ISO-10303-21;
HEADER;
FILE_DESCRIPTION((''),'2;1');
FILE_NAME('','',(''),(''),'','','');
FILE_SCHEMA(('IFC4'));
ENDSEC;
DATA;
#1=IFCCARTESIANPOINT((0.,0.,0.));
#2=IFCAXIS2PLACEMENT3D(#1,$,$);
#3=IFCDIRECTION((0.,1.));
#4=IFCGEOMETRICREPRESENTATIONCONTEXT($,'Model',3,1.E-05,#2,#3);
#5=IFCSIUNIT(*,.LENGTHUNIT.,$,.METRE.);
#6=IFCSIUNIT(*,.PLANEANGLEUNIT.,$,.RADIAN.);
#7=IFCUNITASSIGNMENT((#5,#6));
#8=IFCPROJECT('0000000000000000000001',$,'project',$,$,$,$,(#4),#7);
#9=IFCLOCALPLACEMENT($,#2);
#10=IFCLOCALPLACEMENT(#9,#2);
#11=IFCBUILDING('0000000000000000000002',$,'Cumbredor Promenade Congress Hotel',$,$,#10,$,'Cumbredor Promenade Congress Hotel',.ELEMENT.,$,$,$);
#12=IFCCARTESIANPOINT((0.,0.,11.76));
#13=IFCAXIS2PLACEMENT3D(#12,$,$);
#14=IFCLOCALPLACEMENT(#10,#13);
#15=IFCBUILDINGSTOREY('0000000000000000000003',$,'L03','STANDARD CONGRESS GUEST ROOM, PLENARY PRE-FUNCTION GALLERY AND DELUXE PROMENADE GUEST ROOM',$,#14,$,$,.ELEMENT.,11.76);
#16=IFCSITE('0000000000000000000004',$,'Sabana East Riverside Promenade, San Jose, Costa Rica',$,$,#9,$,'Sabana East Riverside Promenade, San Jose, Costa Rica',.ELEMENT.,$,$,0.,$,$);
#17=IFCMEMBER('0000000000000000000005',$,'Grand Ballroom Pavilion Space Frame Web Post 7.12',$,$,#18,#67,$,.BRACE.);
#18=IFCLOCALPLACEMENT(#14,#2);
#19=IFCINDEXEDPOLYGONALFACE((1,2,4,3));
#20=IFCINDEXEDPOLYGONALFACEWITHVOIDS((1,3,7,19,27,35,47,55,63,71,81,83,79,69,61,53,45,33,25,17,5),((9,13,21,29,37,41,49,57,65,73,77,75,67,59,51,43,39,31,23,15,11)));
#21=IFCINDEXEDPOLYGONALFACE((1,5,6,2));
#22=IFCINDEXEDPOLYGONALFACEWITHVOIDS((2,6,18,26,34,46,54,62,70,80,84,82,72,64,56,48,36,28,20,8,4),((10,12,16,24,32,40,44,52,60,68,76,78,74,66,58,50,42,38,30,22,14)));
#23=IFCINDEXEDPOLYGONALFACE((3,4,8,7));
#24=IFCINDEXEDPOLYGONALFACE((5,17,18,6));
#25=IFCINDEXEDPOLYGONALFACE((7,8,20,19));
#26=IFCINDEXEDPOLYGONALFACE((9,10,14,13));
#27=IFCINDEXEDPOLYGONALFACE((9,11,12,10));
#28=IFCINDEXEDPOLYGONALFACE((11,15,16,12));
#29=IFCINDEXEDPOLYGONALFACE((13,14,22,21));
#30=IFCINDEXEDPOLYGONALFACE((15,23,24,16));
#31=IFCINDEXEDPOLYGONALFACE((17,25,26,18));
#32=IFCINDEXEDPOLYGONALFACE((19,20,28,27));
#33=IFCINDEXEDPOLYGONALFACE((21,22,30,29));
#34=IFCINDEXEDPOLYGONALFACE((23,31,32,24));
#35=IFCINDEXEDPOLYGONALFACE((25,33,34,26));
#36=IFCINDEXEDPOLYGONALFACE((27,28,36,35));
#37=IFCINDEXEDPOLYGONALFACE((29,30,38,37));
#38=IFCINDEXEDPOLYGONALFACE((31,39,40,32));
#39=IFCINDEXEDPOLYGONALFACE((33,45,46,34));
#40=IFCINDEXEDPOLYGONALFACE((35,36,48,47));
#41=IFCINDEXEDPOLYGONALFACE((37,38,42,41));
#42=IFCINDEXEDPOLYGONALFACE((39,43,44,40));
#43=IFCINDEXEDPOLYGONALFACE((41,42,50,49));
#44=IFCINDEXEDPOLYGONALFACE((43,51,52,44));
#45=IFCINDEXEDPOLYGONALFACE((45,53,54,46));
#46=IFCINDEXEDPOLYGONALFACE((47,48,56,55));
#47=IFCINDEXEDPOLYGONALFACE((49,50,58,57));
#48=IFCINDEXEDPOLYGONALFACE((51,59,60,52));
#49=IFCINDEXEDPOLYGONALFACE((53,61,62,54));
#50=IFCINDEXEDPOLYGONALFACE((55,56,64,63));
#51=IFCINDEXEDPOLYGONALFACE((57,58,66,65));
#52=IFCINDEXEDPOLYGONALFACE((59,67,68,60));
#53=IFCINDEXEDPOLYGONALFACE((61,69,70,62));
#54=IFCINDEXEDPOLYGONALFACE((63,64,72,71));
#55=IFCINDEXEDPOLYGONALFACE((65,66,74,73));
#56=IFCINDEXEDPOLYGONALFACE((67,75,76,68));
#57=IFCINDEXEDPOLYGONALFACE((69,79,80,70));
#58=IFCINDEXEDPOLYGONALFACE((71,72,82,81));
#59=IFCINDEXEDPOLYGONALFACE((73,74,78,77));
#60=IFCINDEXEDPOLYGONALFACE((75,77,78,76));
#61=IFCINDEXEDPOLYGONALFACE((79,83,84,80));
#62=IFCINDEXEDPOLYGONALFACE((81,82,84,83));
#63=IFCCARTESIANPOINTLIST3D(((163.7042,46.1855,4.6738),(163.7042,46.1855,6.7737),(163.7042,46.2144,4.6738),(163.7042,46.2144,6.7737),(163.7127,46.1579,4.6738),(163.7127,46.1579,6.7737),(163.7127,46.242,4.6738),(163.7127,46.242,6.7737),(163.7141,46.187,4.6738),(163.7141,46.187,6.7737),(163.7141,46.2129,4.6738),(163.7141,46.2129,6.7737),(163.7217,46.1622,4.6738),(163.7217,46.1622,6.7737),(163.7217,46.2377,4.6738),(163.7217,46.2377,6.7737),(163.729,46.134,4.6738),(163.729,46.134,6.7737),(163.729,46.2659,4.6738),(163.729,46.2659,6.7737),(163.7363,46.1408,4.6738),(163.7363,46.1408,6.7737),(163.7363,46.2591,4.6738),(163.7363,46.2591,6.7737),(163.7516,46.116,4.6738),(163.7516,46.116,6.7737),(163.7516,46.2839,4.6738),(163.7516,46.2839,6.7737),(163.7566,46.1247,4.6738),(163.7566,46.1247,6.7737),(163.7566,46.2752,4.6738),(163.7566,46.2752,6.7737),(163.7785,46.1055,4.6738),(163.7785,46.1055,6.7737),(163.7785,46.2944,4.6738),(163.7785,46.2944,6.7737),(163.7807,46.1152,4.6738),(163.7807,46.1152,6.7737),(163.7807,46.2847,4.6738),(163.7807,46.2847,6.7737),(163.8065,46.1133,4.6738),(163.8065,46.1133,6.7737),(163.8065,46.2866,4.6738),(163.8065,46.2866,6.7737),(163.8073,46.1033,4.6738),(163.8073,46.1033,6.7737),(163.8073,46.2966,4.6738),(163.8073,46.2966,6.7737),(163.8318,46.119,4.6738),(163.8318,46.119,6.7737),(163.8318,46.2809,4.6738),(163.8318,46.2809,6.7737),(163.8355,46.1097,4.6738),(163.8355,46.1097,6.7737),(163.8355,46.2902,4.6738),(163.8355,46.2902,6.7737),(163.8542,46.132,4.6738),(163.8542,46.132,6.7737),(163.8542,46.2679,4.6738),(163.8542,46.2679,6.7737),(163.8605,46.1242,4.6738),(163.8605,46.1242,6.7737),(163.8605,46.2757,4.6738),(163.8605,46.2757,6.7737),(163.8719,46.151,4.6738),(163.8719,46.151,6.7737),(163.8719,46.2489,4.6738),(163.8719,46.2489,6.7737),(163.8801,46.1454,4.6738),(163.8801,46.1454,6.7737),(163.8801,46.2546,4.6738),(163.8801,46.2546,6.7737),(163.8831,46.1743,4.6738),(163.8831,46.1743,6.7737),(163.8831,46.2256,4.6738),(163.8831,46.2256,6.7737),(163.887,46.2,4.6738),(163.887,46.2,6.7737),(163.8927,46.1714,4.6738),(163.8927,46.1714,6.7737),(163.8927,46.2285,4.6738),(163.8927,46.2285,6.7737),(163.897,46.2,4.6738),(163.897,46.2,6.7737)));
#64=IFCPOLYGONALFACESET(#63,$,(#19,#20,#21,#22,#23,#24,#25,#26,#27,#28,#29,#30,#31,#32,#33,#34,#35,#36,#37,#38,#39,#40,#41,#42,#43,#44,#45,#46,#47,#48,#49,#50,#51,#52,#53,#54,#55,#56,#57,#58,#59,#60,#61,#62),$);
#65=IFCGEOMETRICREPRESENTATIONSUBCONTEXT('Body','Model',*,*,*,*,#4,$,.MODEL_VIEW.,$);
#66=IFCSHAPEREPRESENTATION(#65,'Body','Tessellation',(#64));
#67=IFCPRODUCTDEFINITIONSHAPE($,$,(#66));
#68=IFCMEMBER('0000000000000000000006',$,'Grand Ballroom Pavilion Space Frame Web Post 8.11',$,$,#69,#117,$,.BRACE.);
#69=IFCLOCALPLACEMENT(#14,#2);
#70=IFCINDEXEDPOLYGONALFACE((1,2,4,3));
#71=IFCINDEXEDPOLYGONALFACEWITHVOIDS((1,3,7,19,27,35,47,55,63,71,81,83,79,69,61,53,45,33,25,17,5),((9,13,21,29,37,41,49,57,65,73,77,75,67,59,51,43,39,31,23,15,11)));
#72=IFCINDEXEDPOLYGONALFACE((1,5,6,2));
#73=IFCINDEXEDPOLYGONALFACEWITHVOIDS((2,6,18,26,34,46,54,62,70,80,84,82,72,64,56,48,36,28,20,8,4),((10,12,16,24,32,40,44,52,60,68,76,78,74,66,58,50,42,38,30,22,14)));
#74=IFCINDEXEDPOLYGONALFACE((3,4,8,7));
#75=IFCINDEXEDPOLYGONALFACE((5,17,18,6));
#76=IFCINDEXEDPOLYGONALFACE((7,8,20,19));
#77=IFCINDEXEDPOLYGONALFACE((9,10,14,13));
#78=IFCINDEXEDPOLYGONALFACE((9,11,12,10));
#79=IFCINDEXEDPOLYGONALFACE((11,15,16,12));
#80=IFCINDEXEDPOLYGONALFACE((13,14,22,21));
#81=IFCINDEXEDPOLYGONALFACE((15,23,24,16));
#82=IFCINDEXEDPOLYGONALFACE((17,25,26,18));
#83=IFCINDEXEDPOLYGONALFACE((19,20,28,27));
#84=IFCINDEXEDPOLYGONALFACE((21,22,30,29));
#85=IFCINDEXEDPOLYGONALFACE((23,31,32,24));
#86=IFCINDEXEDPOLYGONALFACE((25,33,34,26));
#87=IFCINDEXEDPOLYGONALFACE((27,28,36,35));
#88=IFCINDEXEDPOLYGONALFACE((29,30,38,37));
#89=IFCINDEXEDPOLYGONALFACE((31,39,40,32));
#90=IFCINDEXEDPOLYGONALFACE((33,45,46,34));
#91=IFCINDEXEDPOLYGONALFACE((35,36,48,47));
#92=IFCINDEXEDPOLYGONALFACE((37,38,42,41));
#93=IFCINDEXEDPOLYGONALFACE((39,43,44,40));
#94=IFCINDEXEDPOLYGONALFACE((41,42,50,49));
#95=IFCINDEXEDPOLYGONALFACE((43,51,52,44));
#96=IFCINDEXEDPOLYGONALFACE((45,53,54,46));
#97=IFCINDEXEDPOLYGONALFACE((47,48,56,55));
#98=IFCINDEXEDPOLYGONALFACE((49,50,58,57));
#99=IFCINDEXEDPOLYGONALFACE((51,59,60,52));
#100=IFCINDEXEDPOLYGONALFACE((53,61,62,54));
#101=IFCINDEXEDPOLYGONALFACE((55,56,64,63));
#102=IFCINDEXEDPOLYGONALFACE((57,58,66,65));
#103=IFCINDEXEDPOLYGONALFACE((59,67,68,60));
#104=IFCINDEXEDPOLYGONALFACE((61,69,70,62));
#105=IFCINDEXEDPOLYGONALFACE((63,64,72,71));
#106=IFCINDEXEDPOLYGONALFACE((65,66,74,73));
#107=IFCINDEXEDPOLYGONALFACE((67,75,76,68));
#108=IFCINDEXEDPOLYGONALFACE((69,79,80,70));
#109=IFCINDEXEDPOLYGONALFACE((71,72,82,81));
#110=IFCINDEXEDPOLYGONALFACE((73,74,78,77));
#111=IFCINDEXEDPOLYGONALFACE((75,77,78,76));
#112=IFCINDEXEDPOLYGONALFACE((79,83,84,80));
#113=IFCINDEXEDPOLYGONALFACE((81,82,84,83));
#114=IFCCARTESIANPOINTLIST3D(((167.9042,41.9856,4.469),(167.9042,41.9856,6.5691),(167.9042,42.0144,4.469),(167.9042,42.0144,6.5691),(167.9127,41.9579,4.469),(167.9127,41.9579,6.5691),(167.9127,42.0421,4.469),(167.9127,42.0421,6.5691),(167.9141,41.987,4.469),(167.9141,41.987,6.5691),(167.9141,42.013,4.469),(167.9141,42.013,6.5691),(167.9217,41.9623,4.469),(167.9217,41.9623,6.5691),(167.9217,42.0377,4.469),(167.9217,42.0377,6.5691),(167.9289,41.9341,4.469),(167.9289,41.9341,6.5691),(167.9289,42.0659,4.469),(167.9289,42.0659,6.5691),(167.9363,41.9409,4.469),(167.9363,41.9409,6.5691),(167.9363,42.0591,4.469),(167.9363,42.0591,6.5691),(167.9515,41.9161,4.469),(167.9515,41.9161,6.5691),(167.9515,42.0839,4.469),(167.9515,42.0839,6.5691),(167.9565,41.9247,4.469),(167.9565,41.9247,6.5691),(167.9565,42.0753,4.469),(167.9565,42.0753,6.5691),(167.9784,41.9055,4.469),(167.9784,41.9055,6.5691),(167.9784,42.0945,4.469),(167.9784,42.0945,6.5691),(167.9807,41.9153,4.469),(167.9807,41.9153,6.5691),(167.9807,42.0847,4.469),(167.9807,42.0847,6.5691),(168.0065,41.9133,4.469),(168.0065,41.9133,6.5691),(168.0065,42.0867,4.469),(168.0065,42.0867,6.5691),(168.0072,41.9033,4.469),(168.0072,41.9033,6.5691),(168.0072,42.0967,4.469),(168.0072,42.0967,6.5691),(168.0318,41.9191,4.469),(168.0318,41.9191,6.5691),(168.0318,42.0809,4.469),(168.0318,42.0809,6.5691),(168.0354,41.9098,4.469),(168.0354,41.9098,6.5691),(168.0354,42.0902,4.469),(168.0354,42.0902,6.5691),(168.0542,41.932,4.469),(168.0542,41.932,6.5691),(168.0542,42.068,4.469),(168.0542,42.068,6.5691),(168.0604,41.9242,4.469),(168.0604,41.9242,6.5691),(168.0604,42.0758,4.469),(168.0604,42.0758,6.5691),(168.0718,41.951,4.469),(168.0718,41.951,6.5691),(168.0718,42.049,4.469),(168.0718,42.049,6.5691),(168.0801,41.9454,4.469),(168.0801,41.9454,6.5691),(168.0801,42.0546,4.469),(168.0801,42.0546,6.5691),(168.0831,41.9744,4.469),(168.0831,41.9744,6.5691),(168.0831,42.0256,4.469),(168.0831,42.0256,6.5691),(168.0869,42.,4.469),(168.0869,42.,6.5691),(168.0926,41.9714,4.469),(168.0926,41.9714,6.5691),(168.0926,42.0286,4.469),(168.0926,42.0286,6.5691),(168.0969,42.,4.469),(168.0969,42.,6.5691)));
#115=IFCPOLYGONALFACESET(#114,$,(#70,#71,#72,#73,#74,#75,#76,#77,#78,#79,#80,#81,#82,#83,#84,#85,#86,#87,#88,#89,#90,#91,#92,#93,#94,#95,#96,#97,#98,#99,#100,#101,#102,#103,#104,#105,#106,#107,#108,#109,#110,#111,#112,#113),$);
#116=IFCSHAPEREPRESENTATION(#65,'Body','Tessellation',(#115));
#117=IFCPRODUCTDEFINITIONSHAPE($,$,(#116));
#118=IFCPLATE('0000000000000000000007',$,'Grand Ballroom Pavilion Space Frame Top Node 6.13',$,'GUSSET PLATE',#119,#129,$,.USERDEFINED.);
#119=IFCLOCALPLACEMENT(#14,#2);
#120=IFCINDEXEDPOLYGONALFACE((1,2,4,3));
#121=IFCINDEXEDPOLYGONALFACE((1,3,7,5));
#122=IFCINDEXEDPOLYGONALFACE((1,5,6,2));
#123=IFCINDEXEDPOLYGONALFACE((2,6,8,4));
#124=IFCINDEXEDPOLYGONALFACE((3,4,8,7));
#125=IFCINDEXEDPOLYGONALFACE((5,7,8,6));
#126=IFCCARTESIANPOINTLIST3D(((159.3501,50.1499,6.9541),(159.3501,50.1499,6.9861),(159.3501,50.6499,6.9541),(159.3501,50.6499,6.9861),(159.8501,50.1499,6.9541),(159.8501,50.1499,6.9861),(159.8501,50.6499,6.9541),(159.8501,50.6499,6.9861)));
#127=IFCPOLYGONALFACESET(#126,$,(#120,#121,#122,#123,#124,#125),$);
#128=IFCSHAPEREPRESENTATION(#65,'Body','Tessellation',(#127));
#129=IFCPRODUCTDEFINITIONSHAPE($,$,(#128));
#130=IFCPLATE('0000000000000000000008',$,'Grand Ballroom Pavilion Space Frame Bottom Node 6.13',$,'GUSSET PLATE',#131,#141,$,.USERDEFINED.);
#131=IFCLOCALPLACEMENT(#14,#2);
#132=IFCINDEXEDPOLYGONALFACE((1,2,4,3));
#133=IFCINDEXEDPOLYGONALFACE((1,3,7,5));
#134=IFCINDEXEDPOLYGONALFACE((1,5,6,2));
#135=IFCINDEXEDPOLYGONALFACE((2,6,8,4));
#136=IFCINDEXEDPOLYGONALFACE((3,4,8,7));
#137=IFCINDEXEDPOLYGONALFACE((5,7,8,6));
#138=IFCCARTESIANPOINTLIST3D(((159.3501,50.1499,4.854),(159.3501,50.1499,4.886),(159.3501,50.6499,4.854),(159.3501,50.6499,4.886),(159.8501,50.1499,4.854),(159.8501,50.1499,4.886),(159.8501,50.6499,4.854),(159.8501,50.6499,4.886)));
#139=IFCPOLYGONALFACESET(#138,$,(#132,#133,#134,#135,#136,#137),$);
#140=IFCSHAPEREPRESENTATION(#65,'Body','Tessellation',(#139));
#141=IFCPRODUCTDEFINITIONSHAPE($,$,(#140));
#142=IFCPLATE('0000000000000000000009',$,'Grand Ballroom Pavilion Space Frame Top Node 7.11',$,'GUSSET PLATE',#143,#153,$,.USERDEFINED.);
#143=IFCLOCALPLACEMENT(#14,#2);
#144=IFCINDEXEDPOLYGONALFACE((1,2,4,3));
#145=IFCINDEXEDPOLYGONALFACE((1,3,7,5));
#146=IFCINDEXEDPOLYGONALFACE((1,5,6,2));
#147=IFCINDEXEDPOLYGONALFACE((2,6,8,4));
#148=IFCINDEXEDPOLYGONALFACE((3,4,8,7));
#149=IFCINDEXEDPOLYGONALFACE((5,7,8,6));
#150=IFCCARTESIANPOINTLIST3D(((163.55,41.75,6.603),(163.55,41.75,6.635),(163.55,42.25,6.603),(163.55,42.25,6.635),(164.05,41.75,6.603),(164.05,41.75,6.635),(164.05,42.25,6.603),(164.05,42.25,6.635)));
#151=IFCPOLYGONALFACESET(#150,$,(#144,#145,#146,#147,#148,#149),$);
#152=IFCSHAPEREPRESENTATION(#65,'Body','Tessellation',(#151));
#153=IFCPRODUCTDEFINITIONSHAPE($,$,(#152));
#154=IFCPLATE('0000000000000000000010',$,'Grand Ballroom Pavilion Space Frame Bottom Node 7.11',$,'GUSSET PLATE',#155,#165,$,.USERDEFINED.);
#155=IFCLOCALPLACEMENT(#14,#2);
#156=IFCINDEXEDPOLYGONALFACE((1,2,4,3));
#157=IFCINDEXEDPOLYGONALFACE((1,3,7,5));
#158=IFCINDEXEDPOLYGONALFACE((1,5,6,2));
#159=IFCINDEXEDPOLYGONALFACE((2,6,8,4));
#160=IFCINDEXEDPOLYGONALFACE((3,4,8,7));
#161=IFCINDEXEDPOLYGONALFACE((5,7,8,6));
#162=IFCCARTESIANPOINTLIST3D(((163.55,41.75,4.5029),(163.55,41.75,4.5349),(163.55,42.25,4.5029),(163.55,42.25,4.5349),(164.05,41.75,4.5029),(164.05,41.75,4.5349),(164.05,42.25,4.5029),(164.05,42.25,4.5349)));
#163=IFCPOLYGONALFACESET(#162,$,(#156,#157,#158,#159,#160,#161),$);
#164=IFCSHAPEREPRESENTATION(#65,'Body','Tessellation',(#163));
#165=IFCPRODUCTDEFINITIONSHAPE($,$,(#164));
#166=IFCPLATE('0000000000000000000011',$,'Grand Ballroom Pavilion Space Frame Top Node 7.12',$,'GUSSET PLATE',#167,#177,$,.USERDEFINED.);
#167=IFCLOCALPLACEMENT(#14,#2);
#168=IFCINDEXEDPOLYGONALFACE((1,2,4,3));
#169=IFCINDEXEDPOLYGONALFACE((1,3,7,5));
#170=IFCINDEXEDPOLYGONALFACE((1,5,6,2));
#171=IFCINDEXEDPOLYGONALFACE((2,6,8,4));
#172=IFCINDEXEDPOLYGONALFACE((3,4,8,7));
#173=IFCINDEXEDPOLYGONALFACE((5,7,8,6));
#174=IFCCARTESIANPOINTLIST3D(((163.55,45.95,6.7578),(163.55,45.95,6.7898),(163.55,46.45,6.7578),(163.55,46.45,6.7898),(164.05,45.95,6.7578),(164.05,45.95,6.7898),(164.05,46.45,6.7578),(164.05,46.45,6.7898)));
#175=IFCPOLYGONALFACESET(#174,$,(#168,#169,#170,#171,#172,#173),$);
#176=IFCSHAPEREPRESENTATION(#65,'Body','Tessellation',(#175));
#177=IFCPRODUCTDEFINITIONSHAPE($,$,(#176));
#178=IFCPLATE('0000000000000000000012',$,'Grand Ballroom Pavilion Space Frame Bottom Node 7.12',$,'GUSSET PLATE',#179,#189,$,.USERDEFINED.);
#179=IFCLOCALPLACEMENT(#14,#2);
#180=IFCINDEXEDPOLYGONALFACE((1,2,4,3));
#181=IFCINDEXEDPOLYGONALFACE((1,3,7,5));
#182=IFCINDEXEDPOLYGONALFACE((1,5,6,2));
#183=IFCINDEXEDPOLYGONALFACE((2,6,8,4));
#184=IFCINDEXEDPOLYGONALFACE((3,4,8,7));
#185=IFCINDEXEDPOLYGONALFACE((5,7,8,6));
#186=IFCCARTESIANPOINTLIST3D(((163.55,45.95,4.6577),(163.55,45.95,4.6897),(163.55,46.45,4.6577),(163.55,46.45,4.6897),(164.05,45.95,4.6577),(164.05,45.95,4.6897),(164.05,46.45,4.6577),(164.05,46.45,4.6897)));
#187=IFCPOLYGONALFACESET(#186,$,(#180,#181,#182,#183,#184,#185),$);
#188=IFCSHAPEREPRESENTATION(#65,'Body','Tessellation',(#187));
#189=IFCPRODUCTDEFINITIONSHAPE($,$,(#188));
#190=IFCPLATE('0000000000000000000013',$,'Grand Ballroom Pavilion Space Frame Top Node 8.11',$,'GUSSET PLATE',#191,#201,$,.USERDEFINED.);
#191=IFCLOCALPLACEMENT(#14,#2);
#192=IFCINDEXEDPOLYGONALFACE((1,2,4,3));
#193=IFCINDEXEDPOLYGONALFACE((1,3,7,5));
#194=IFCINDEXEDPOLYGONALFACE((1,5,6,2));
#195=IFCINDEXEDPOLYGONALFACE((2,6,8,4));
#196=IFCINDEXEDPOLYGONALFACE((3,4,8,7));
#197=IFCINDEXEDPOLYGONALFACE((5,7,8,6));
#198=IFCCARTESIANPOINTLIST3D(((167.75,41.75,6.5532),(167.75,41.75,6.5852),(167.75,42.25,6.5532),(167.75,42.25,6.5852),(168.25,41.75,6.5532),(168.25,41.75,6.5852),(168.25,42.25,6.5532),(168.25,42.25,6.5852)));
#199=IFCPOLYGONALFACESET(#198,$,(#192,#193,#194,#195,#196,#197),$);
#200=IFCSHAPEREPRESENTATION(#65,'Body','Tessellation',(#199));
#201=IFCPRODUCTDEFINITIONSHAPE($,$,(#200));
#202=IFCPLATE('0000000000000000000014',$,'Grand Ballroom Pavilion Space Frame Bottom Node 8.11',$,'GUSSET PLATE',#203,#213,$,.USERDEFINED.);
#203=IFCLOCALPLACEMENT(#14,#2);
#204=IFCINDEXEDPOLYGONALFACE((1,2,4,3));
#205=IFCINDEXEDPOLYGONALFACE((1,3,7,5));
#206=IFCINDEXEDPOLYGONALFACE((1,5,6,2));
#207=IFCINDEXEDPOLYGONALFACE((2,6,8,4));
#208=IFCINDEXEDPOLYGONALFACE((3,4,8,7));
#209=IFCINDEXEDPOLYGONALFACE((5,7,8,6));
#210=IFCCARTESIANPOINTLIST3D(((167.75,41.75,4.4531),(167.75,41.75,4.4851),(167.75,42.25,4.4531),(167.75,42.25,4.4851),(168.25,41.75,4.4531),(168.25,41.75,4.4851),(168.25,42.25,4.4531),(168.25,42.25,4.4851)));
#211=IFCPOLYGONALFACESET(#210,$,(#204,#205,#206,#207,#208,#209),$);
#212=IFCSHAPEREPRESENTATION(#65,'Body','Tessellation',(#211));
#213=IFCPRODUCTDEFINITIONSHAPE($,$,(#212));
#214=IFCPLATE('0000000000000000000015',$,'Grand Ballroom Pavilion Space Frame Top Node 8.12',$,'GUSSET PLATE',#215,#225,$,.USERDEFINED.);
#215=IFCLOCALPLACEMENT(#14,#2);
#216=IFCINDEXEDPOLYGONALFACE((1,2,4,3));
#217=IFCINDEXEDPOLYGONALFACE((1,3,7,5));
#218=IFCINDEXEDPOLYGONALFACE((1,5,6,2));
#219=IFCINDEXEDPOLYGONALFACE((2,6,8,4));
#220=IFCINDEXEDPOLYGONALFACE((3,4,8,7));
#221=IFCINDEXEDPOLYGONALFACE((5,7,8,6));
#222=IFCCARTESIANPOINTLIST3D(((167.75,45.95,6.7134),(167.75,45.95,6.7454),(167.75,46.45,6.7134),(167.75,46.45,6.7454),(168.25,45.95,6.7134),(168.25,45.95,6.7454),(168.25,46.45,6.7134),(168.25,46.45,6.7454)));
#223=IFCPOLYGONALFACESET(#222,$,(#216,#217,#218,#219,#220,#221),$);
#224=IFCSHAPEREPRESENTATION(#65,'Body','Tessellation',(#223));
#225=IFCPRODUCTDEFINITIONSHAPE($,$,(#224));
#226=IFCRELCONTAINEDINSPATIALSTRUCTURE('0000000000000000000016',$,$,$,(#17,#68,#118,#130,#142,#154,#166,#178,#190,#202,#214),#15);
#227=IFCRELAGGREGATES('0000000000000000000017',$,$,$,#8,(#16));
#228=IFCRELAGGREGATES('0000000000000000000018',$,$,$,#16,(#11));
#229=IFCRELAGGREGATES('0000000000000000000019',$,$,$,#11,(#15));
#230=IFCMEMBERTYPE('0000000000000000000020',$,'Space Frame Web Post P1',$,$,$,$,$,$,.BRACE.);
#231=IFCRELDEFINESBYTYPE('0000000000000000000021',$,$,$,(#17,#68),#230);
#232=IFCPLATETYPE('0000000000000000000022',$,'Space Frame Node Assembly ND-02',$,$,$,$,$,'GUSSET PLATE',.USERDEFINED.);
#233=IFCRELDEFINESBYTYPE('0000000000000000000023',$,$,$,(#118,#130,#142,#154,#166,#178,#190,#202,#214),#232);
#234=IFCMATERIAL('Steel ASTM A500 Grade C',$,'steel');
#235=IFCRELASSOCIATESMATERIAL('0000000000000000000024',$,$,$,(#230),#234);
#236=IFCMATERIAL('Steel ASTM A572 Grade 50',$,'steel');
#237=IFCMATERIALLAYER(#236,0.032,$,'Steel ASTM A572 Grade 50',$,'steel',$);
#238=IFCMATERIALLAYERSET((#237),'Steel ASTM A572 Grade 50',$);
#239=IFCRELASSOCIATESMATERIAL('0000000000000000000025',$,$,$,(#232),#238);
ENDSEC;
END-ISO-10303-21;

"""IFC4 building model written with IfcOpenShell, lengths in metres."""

from ifc_helpers import new_model, si_unit, direction, frame, origin, origin_2d, place, context, subcontext, project, spatial, rectangle, hollow_circle, extrude, material, layer, layer_set, material_profile, profile_set, type_object, element, save


model = new_model("IFC4")

# Units and contexts
model_context = context("Model", 3, precision=1e-05, world=origin(), true_north=direction((0.0, 1.0)))
body_context = subcontext(model_context, "Body", "Model", "MODEL_VIEW")
ifc_project = project(units=[si_unit("LENGTHUNIT", "METRE"), si_unit("PLANEANGLEUNIT", "RADIAN")], contexts=[model_context])

# Site, building, storey
site_placement = place(None, origin())
site = spatial("IfcSite", under=ifc_project, at=site_placement, Name="Sabana East Riverside Promenade, San Jose, Costa Rica", LongName="Sabana East Riverside Promenade, San Jose, Costa Rica", CompositionType="ELEMENT", RefElevation=0.0)
building_placement = place(site_placement, origin())
building = spatial("IfcBuilding", under=site, at=building_placement, Name="Cumbredor Promenade Congress Hotel", LongName="Cumbredor Promenade Congress Hotel", CompositionType="ELEMENT")
storey_placement = place(building_placement, frame((0.0, 0.0, 11.76)))
storey = spatial("IfcBuildingStorey", under=building, at=storey_placement, Name="L03", Description="STANDARD CONGRESS GUEST ROOM, PLENARY PRE-FUNCTION GALLERY AND DELUXE PROMENADE GUEST ROOM", CompositionType="ELEMENT", Elevation=11.76)

# Members
ifc_material_1 = material(Name="Steel ASTM A500 Grade C", Category="steel")
ifc_material_profile_1 = material_profile(ifc_material_1, hollow_circle(Radius=0.0969, WallThickness=0.01, at=origin_2d()), Name="CHS 193.7x10")
ifc_profile_set_1 = profile_set([ifc_material_profile_1], Name="Steel ASTM A500 Grade C")
member_type_1 = type_object("IfcMemberType", Name="Space Frame Web Post P1", PredefinedType="BRACE", material=ifc_profile_set_1)
for number, where, z_axis, x_axis, name in (
    (1, (163.8, 46.2, 4.6738), (0.0, 0.0, 1.0), (1.0, 0.0, 0.0), "Grand Ballroom Pavilion Space Frame Web Post 7.12"),
):
    element("IfcMember", number, at=place(storey_placement, frame(where, z_axis=z_axis, x_axis=x_axis)), inside=storey, type_object=member_type_1, Name=name, PredefinedType="BRACE", context=body_context, shape_type="SweptSolid", body=[
        extrude(hollow_circle(Radius=0.0969, WallThickness=0.01, at=origin_2d()), origin(), (0.0, 0.0, 1.0), 2.0999),
    ])
member_1_placement = place(storey_placement, frame((168.0, 42.0, 4.469), z_axis=(0.0, 0.0, 1.0), x_axis=(1.0, 0.0, 0.0)))
element("IfcMember", 2, at=member_1_placement, inside=storey, type_object=member_type_1, Name="Grand Ballroom Pavilion Space Frame Web Post 8.11", PredefinedType="BRACE", context=body_context, shape_type="SweptSolid", body=[
    extrude(hollow_circle(Radius=0.0969, WallThickness=0.01, at=origin_2d()), origin(), (0.0, 0.0, 1.0), 2.1001),
])

# Plates
ifc_material_2 = material(Name="Steel ASTM A572 Grade 50", Category="steel")
ifc_layer = layer(ifc_material_2, 0.032, Name="Steel ASTM A572 Grade 50", Category="steel")
ifc_layer_set = layer_set([ifc_layer], Name="Steel ASTM A572 Grade 50")
plate_type = type_object("IfcPlateType", Name="Space Frame Node Assembly ND-02", ElementType="GUSSET PLATE", PredefinedType="USERDEFINED", material=ifc_layer_set)
for number, where, z_axis, x_axis, name in (
    (3, (159.6001, 50.3999, 6.9541), (0.0, 0.0, 1.0), (1.0, 0.0, 0.0), "Grand Ballroom Pavilion Space Frame Top Node 6.13"),
    (4, (159.6001, 50.3999, 4.854), (0.0, 0.0, 1.0), (1.0, 0.0, 0.0), "Grand Ballroom Pavilion Space Frame Bottom Node 6.13"),
    (5, (163.8, 42.0, 6.603), (0.0, 0.0, 1.0), (1.0, 0.0, 0.0), "Grand Ballroom Pavilion Space Frame Top Node 7.11"),
    (6, (163.8, 42.0, 4.5029), (0.0, 0.0, 1.0), (1.0, 0.0, 0.0), "Grand Ballroom Pavilion Space Frame Bottom Node 7.11"),
    (7, (163.8, 46.2, 6.7578), (0.0, 0.0, 1.0), (1.0, 0.0, 0.0), "Grand Ballroom Pavilion Space Frame Top Node 7.12"),
    (8, (163.8, 46.2, 4.6577), (0.0, 0.0, 1.0), (1.0, 0.0, 0.0), "Grand Ballroom Pavilion Space Frame Bottom Node 7.12"),
    (9, (168.0, 42.0, 6.5532), (0.0, 0.0, 1.0), (1.0, 0.0, 0.0), "Grand Ballroom Pavilion Space Frame Top Node 8.11"),
    (10, (168.0, 42.0, 4.4531), (0.0, 0.0, 1.0), (1.0, 0.0, 0.0), "Grand Ballroom Pavilion Space Frame Bottom Node 8.11"),
    (11, (168.0, 46.2, 6.7134), (0.0, 0.0, 1.0), (1.0, 0.0, 0.0), "Grand Ballroom Pavilion Space Frame Top Node 8.12"),
):
    element("IfcPlate", number, at=place(storey_placement, frame(where, z_axis=z_axis, x_axis=x_axis)), inside=storey, type_object=plate_type, Name=name, ObjectType="GUSSET PLATE", PredefinedType="USERDEFINED", context=body_context, shape_type="SweptSolid", body=[
        extrude(rectangle(XDim=0.5, YDim=0.5, at=origin_2d()), origin(), (0.0, 0.0, 1.0), 0.032),
    ])

save(model, "model.ifc")
